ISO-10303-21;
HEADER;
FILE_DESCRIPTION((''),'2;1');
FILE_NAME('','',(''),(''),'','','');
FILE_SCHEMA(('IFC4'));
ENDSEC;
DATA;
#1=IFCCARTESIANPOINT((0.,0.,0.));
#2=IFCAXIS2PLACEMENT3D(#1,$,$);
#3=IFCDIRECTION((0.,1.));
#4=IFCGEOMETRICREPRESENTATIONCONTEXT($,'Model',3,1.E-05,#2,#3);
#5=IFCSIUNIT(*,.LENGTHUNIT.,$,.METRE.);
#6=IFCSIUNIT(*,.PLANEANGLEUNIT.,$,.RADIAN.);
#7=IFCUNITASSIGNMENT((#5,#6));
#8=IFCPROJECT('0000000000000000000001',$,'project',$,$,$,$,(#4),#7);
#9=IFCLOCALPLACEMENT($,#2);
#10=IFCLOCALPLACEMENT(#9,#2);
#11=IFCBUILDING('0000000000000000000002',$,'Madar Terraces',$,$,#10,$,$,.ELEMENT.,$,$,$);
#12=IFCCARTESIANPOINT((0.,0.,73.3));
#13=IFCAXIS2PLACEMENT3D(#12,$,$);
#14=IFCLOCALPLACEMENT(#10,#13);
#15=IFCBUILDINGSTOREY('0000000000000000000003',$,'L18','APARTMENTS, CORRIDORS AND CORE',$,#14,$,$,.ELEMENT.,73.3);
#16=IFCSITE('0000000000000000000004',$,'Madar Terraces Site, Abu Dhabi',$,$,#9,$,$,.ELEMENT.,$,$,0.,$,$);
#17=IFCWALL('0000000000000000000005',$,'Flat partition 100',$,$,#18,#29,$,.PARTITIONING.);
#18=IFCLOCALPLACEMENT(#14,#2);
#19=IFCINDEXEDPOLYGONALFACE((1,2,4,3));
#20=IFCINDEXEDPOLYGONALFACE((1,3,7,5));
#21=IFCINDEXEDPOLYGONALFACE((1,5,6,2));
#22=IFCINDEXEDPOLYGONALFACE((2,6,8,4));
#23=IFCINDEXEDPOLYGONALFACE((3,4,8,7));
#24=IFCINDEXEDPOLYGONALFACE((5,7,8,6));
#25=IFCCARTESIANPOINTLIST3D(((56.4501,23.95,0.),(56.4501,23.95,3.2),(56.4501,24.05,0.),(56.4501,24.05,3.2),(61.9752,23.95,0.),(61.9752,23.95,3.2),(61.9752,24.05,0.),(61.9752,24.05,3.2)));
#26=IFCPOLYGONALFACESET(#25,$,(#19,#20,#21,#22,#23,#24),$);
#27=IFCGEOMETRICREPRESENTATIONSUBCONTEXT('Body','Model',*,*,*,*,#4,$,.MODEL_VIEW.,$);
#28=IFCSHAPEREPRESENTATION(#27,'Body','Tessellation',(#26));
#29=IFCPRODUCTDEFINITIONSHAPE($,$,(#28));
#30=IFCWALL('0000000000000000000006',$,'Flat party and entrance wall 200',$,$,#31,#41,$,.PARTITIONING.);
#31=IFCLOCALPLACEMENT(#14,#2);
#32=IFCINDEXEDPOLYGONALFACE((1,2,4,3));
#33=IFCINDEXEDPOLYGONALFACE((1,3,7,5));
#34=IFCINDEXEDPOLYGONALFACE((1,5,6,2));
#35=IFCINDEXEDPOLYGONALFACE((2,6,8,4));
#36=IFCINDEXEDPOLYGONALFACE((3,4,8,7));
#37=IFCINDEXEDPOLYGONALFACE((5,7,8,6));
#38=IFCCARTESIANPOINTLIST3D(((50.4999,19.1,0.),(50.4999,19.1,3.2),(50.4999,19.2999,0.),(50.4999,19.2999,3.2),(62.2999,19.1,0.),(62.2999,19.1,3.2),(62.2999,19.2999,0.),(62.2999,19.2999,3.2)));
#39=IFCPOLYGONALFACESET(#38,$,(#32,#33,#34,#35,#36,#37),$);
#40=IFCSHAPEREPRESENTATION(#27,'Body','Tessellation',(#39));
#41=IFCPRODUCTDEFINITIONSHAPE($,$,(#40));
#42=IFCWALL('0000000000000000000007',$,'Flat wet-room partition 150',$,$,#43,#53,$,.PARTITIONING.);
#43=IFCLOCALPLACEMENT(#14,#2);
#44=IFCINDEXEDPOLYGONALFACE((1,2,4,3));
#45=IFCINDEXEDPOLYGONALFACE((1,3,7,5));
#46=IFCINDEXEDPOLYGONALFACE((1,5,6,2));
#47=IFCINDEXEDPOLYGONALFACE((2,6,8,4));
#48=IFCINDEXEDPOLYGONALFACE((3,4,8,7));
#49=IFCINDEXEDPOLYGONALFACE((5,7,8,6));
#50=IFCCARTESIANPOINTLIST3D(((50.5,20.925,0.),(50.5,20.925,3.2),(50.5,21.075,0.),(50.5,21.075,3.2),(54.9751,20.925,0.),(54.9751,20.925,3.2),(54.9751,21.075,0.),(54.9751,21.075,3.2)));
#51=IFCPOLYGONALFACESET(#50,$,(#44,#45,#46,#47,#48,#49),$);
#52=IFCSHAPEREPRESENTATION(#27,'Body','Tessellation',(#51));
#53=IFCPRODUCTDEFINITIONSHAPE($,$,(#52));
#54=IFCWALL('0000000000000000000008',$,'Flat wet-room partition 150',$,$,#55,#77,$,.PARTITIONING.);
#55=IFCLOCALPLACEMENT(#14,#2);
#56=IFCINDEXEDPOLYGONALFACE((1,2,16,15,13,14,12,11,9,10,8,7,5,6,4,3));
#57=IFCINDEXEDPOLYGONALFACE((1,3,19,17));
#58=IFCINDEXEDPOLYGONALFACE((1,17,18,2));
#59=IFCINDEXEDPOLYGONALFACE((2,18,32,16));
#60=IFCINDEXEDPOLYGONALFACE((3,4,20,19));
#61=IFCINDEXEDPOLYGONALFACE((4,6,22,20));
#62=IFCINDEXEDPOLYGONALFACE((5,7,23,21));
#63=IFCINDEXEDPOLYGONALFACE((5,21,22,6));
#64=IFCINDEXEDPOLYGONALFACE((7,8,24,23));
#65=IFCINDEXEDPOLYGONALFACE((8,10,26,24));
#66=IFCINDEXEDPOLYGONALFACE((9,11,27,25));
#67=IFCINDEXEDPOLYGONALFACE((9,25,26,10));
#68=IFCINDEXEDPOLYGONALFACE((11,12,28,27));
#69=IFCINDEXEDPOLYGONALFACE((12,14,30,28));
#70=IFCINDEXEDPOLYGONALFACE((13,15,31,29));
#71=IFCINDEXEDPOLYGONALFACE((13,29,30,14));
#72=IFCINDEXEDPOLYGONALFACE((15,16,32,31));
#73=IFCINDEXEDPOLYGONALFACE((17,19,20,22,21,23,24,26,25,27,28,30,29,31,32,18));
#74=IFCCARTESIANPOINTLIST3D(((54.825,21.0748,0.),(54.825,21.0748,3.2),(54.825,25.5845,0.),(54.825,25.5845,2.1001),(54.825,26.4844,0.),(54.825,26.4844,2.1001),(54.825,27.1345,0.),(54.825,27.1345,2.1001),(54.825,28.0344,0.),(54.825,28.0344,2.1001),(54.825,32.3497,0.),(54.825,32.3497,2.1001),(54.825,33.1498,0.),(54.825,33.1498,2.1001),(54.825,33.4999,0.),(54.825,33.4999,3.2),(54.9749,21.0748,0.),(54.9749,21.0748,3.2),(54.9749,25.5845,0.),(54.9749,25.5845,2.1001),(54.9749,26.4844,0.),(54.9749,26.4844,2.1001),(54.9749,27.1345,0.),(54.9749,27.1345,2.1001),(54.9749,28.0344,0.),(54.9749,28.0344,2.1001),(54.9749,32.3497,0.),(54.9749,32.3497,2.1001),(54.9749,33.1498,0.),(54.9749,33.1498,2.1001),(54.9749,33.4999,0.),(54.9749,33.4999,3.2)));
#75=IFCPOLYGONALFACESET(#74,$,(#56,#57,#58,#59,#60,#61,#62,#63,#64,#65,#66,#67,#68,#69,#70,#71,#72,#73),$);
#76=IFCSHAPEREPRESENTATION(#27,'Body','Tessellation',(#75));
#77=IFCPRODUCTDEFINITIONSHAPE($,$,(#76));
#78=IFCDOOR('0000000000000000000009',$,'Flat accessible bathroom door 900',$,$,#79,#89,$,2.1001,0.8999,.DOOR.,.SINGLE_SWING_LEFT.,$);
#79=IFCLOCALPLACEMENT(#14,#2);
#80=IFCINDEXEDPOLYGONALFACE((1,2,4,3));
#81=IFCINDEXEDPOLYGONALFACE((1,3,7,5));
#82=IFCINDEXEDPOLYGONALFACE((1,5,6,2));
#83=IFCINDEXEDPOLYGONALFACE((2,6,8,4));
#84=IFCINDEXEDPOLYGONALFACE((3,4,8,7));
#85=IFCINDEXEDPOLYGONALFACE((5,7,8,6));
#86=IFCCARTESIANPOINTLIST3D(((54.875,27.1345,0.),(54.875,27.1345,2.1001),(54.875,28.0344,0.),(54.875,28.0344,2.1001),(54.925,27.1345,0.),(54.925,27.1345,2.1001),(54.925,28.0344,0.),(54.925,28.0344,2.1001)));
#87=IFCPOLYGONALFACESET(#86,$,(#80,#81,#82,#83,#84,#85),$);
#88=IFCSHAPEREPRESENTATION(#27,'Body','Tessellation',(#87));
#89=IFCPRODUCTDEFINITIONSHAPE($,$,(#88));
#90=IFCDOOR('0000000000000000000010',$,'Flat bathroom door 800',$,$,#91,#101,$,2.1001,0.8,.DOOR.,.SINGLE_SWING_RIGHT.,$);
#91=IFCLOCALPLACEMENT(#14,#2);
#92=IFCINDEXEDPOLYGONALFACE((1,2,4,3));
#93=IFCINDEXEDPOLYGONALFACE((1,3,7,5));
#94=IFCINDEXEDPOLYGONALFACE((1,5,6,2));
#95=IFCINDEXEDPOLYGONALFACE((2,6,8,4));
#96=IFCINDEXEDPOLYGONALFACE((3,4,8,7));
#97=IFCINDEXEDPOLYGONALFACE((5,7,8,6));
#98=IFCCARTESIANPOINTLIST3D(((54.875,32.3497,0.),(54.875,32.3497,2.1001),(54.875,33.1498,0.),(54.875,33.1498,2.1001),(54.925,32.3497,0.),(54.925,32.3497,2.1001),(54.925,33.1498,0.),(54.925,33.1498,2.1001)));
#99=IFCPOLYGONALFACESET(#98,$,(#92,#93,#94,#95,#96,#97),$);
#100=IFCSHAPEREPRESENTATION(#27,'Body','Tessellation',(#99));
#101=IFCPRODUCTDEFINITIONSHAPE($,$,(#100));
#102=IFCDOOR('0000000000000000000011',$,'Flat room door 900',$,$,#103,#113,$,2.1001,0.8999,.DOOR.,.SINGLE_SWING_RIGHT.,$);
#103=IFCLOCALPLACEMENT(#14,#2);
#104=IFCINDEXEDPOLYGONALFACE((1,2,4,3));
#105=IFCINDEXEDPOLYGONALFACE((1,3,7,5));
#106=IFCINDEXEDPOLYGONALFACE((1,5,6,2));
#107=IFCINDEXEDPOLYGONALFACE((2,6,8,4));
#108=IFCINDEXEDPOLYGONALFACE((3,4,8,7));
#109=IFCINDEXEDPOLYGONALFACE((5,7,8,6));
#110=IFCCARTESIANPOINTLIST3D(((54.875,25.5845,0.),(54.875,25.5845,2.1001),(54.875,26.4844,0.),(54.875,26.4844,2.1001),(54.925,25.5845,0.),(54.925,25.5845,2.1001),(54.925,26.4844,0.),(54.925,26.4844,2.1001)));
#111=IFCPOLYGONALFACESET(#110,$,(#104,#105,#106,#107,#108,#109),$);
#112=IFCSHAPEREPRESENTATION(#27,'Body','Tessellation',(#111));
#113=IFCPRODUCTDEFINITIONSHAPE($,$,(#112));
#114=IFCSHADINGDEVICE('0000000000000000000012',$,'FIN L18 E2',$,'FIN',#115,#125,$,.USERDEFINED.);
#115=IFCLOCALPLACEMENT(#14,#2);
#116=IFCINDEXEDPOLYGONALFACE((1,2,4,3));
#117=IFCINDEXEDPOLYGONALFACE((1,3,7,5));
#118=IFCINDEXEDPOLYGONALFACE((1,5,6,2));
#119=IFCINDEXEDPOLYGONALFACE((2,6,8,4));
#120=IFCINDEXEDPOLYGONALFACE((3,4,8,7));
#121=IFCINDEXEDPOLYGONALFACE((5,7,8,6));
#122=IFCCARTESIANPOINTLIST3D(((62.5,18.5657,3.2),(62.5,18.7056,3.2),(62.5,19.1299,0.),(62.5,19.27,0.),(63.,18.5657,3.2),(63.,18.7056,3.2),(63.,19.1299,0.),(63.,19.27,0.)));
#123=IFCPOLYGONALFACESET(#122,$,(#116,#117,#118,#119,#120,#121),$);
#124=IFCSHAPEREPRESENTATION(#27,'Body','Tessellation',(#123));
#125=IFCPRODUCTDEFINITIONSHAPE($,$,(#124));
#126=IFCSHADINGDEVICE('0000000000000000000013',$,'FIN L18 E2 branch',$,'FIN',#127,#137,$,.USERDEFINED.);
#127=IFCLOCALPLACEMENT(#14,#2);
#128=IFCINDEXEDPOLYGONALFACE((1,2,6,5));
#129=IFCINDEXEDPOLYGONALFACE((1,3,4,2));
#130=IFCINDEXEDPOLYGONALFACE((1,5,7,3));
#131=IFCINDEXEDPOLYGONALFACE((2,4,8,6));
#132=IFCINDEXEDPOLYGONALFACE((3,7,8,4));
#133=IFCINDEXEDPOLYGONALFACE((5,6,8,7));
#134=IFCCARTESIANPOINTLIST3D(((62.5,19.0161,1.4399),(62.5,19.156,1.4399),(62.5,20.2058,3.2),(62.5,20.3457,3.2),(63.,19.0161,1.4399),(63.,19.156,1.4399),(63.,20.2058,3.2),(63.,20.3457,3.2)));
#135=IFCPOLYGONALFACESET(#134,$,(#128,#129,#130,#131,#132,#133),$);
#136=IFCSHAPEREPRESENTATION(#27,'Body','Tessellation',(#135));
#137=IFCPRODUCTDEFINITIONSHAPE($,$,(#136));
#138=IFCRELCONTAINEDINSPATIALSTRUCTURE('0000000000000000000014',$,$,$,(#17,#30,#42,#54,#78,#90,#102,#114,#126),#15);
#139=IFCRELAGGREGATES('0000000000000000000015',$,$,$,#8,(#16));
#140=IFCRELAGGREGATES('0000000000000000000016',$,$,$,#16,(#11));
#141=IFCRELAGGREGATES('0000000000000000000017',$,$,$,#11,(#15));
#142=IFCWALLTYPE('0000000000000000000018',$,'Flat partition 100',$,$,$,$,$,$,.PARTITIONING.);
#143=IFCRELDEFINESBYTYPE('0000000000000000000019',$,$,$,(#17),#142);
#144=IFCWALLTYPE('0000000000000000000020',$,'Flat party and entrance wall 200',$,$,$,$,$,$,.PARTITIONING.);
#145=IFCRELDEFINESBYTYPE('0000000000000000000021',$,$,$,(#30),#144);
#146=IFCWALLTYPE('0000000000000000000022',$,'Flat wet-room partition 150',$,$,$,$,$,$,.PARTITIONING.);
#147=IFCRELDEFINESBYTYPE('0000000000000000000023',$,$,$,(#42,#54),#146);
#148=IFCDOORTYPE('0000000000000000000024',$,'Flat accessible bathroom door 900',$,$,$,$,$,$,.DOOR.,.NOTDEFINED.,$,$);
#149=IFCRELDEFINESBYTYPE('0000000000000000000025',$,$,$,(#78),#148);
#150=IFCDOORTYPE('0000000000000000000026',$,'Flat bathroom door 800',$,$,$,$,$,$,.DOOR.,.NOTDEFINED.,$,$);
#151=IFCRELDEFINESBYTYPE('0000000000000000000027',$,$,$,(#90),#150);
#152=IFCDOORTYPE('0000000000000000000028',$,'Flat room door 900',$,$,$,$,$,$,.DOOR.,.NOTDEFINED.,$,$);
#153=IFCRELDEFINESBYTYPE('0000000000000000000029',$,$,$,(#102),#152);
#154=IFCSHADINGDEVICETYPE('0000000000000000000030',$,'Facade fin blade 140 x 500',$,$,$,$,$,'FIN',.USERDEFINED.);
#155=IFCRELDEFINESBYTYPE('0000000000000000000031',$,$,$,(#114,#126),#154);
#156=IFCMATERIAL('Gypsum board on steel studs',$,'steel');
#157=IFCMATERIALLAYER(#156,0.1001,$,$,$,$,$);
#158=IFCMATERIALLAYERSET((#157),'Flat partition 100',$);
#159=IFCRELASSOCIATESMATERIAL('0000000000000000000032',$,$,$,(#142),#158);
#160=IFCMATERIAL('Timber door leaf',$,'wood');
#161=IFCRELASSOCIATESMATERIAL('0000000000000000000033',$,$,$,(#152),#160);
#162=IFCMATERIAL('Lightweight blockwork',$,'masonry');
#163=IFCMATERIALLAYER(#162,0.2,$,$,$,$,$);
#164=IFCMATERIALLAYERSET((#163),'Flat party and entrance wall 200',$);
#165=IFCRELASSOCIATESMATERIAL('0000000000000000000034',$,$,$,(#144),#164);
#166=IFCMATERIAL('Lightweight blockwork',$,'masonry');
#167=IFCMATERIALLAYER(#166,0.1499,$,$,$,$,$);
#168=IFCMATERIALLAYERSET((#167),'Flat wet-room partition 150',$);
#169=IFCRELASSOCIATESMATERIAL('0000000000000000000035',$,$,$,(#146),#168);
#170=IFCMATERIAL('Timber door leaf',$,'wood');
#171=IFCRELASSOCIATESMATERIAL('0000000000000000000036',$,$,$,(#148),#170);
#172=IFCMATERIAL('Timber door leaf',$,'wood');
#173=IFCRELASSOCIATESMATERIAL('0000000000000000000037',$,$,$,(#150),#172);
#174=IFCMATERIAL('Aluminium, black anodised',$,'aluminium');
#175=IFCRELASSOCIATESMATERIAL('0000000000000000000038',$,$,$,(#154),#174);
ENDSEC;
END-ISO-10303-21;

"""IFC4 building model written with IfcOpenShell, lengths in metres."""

from ifc_helpers import new_model, si_unit, direction, frame, frame_2d, origin, place, context, subcontext, project, spatial, polyline, rectangle, outline, extrude, material, layer, layer_set, type_object, element, fill, save


model = new_model("IFC4")

# Units and contexts
model_context = context("Model", 3, precision=1e-05, world=origin(), true_north=direction((0.0, 1.0)))
body_context = subcontext(model_context, "Body", "Model", "MODEL_VIEW")
ifc_project = project(units=[si_unit("LENGTHUNIT", "METRE"), si_unit("PLANEANGLEUNIT", "RADIAN")], contexts=[model_context])

# Site, building, storey
site_placement = place(None, origin())
site = spatial("IfcSite", under=ifc_project, at=site_placement, Name="Madar Terraces Site, Abu Dhabi", CompositionType="ELEMENT", RefElevation=0.0)
building_placement = place(site_placement, origin())
building = spatial("IfcBuilding", under=site, at=building_placement, Name="Madar Terraces", CompositionType="ELEMENT")
storey_placement = place(building_placement, frame((0.0, 0.0, 73.3)))
storey = spatial("IfcBuildingStorey", under=building, at=storey_placement, Name="L18", Description="APARTMENTS, CORRIDORS AND CORE", CompositionType="ELEMENT", Elevation=73.3)

# Shared definitions
ifc_material_1 = material(Name="Gypsum board on steel studs", Category="steel")
ifc_layer_1 = layer(ifc_material_1, 0.1001)
ifc_layer_set_1 = layer_set([ifc_layer_1], Name="Flat partition 100")
wall_type_1 = type_object("IfcWallType", Name="Flat partition 100", PredefinedType="PARTITIONING", material=ifc_layer_set_1)
ifc_material_2 = material(Name="Timber door leaf", Category="wood")
door_type_1 = type_object("IfcDoorType", Name="Flat room door 900", OperationType="NOTDEFINED", PredefinedType="DOOR", material=ifc_material_2)

# Walls
wall_1_placement = place(storey_placement, frame((56.45, 24.0, 0.0), z_axis=(0.0, 0.0, 1.0), x_axis=(1.0, 0.0, 0.0)))
element("IfcWall", 1, at=wall_1_placement, inside=storey, type_object=wall_type_1, Name="Flat partition 100", PredefinedType="PARTITIONING", context=body_context, shape_type="SweptSolid", body=[
    extrude(rectangle(XDim=5.5251, YDim=0.1001, at=frame_2d((2.7627, 0.0))), origin(), (0.0, 0.0, 1.0), 3.2),
])
ifc_material_3 = material(Name="Lightweight blockwork", Category="masonry")
ifc_layer_2 = layer(ifc_material_3, 0.2)
ifc_layer_set_2 = layer_set([ifc_layer_2], Name="Flat party and entrance wall 200")
wall_type_2 = type_object("IfcWallType", Name="Flat party and entrance wall 200", PredefinedType="PARTITIONING", material=ifc_layer_set_2)
wall_2_placement = place(storey_placement, frame((50.5, 19.2, 0.0), z_axis=(0.0, 0.0, 1.0), x_axis=(1.0, 0.0, 0.0)))
element("IfcWall", 2, at=wall_2_placement, inside=storey, type_object=wall_type_2, Name="Flat party and entrance wall 200", PredefinedType="PARTITIONING", context=body_context, shape_type="SweptSolid", body=[
    extrude(rectangle(XDim=11.8, YDim=0.2, at=frame_2d((5.8999, 0.0))), origin(), (0.0, 0.0, 1.0), 3.2),
])
ifc_material_4 = material(Name="Lightweight blockwork", Category="masonry")
ifc_layer_3 = layer(ifc_material_4, 0.1499)
ifc_layer_set_3 = layer_set([ifc_layer_3], Name="Flat wet-room partition 150")
wall_type_3 = type_object("IfcWallType", Name="Flat wet-room partition 150", PredefinedType="PARTITIONING", material=ifc_layer_set_3)
wall_3_placement = place(storey_placement, frame((50.5, 21.0, 0.0), z_axis=(0.0, 0.0, 1.0), x_axis=(1.0, 0.0, 0.0)))
element("IfcWall", 3, at=wall_3_placement, inside=storey, type_object=wall_type_3, Name="Flat wet-room partition 150", PredefinedType="PARTITIONING", context=body_context, shape_type="SweptSolid", body=[
    extrude(rectangle(XDim=4.4751, YDim=0.1499, at=frame_2d((2.2375, 0.0))), origin(), (0.0, 0.0, 1.0), 3.2),
])

# Wall, openings, doors
wall_4_placement = place(storey_placement, frame((54.8999, 21.075, 0.0), z_axis=(0.0, 0.0, 1.0), x_axis=(0.0, 1.0, 0.0)))
wall_4 = element("IfcWall", 4, at=wall_4_placement, inside=storey, type_object=wall_type_3, Name="Flat wet-room partition 150", PredefinedType="PARTITIONING", context=body_context, shape_type="SweptSolid", body=[
    extrude(rectangle(XDim=12.425, YDim=0.1499, at=frame_2d((6.2124, 0.0))), origin(), (0.0, 0.0, 1.0), 3.2),
])
opening_1_placement = place(wall_4_placement, frame((4.5095, 0.0, 0.0)))
opening_1 = element("IfcOpeningElement", 5, at=opening_1_placement, cuts=wall_4, PredefinedType="OPENING", context=body_context, shape_type="SweptSolid", body=[
    extrude(rectangle(XDim=0.8999, YDim=2.1001, at=frame_2d((0.45, 1.05))), frame((0.0, 0.085, 0.0), z_axis=(0.0, -1.0, 0.0), x_axis=(1.0, 0.0, 0.0)), (0.0, 0.0, 1.0), 0.1699),
])
opening_2_placement = place(wall_4_placement, frame((6.0596, 0.0, 0.0)))
opening_2 = element("IfcOpeningElement", 6, at=opening_2_placement, cuts=wall_4, PredefinedType="OPENING", context=body_context, shape_type="SweptSolid", body=[
    extrude(rectangle(XDim=0.8999, YDim=2.1001, at=frame_2d((0.45, 1.05))), frame((0.0, 0.085, 0.0), z_axis=(0.0, -1.0, 0.0), x_axis=(1.0, 0.0, 0.0)), (0.0, 0.0, 1.0), 0.1699),
])
opening_3_placement = place(wall_4_placement, frame((11.2749, 0.0, 0.0)))
opening_3 = element("IfcOpeningElement", 7, at=opening_3_placement, cuts=wall_4, PredefinedType="OPENING", context=body_context, shape_type="SweptSolid", body=[
    extrude(rectangle(XDim=0.8, YDim=2.1001, at=frame_2d((0.3999, 1.05))), frame((0.0, 0.085, 0.0), z_axis=(0.0, -1.0, 0.0), x_axis=(1.0, 0.0, 0.0)), (0.0, 0.0, 1.0), 0.1699),
])
ifc_material_5 = material(Name="Timber door leaf", Category="wood")
door_type_2 = type_object("IfcDoorType", Name="Flat accessible bathroom door 900", OperationType="NOTDEFINED", PredefinedType="DOOR", material=ifc_material_5)
door_1_placement = place(opening_2_placement, origin())
door_1 = element("IfcDoor", 8, at=door_1_placement, inside=storey, type_object=door_type_2, Name="Flat accessible bathroom door 900", OperationType="SINGLE_SWING_LEFT", OverallHeight=2.1001, OverallWidth=0.8999, PredefinedType="DOOR", context=body_context, shape_type="SweptSolid", body=[
    extrude(rectangle(XDim=0.8999, YDim=2.1001, at=frame_2d((0.45, 1.05))), frame((0.0, 0.0249, 0.0), z_axis=(0.0, -1.0, 0.0), x_axis=(1.0, 0.0, 0.0)), (0.0, 0.0, 1.0), 0.05),
])
fill(opening_2, door_1)
ifc_material_6 = material(Name="Timber door leaf", Category="wood")
door_type_3 = type_object("IfcDoorType", Name="Flat bathroom door 800", OperationType="NOTDEFINED", PredefinedType="DOOR", material=ifc_material_6)
door_2_placement = place(opening_3_placement, origin())
door_2 = element("IfcDoor", 9, at=door_2_placement, inside=storey, type_object=door_type_3, Name="Flat bathroom door 800", OperationType="SINGLE_SWING_RIGHT", OverallHeight=2.1001, OverallWidth=0.8, PredefinedType="DOOR", context=body_context, shape_type="SweptSolid", body=[
    extrude(rectangle(XDim=0.8, YDim=2.1001, at=frame_2d((0.3999, 1.05))), frame((0.0, 0.0249, 0.0), z_axis=(0.0, -1.0, 0.0), x_axis=(1.0, 0.0, 0.0)), (0.0, 0.0, 1.0), 0.05),
])
fill(opening_3, door_2)
door_3_placement = place(opening_1_placement, origin())
door_3 = element("IfcDoor", 10, at=door_3_placement, inside=storey, type_object=door_type_1, Name="Flat room door 900", OperationType="SINGLE_SWING_RIGHT", OverallHeight=2.1001, OverallWidth=0.8999, PredefinedType="DOOR", context=body_context, shape_type="SweptSolid", body=[
    extrude(rectangle(XDim=0.8999, YDim=2.1001, at=frame_2d((0.45, 1.05))), frame((0.0, 0.0249, 0.0), z_axis=(0.0, -1.0, 0.0), x_axis=(1.0, 0.0, 0.0)), (0.0, 0.0, 1.0), 0.05),
])
fill(opening_1, door_3)

# Shading devices
ifc_material_7 = material(Name="Aluminium, black anodised", Category="aluminium")
shading_device_type = type_object("IfcShadingDeviceType", Name="Facade fin blade 140 x 500", ElementType="FIN", PredefinedType="USERDEFINED", material=ifc_material_7)
shading_device_1_placement = place(storey_placement, frame((62.75, 19.1299, 0.0), z_axis=(0.0, 0.0, 1.0), x_axis=(0.0, 1.0, 0.0)))
element("IfcShadingDevice", 11, at=shading_device_1_placement, inside=storey, type_object=shading_device_type, Name="FIN L18 E2", ObjectType="FIN", PredefinedType="USERDEFINED", context=body_context, shape_type="SweptSolid", body=[
    extrude(outline(polyline([(0.0, 0.0), (0.1401, 0.0), (-0.4243, 3.2), (-0.5642, 3.2), (0.0, 0.0)])), frame((0.0, 0.25, 0.0), z_axis=(0.0, -1.0, 0.0), x_axis=(1.0, 0.0, 0.0)), (0.0, 0.0, 1.0), 0.5),
])
shading_device_2_placement = place(storey_placement, frame((62.75, 19.0161, 1.4399), z_axis=(0.0, 0.0, 1.0), x_axis=(0.0, 1.0, 0.0)))
element("IfcShadingDevice", 12, at=shading_device_2_placement, inside=storey, type_object=shading_device_type, Name="FIN L18 E2 branch", ObjectType="FIN", PredefinedType="USERDEFINED", context=body_context, shape_type="SweptSolid", body=[
    extrude(outline(polyline([(0.0, 0.0), (0.1399, 0.0), (1.3296, 1.76), (1.1897, 1.76), (0.0, 0.0)])), frame((0.0, 0.25, 0.0), z_axis=(0.0, -1.0, 0.0), x_axis=(1.0, 0.0, 0.0)), (0.0, 0.0, 1.0), 0.5),
])

save(model, "model.ifc")
